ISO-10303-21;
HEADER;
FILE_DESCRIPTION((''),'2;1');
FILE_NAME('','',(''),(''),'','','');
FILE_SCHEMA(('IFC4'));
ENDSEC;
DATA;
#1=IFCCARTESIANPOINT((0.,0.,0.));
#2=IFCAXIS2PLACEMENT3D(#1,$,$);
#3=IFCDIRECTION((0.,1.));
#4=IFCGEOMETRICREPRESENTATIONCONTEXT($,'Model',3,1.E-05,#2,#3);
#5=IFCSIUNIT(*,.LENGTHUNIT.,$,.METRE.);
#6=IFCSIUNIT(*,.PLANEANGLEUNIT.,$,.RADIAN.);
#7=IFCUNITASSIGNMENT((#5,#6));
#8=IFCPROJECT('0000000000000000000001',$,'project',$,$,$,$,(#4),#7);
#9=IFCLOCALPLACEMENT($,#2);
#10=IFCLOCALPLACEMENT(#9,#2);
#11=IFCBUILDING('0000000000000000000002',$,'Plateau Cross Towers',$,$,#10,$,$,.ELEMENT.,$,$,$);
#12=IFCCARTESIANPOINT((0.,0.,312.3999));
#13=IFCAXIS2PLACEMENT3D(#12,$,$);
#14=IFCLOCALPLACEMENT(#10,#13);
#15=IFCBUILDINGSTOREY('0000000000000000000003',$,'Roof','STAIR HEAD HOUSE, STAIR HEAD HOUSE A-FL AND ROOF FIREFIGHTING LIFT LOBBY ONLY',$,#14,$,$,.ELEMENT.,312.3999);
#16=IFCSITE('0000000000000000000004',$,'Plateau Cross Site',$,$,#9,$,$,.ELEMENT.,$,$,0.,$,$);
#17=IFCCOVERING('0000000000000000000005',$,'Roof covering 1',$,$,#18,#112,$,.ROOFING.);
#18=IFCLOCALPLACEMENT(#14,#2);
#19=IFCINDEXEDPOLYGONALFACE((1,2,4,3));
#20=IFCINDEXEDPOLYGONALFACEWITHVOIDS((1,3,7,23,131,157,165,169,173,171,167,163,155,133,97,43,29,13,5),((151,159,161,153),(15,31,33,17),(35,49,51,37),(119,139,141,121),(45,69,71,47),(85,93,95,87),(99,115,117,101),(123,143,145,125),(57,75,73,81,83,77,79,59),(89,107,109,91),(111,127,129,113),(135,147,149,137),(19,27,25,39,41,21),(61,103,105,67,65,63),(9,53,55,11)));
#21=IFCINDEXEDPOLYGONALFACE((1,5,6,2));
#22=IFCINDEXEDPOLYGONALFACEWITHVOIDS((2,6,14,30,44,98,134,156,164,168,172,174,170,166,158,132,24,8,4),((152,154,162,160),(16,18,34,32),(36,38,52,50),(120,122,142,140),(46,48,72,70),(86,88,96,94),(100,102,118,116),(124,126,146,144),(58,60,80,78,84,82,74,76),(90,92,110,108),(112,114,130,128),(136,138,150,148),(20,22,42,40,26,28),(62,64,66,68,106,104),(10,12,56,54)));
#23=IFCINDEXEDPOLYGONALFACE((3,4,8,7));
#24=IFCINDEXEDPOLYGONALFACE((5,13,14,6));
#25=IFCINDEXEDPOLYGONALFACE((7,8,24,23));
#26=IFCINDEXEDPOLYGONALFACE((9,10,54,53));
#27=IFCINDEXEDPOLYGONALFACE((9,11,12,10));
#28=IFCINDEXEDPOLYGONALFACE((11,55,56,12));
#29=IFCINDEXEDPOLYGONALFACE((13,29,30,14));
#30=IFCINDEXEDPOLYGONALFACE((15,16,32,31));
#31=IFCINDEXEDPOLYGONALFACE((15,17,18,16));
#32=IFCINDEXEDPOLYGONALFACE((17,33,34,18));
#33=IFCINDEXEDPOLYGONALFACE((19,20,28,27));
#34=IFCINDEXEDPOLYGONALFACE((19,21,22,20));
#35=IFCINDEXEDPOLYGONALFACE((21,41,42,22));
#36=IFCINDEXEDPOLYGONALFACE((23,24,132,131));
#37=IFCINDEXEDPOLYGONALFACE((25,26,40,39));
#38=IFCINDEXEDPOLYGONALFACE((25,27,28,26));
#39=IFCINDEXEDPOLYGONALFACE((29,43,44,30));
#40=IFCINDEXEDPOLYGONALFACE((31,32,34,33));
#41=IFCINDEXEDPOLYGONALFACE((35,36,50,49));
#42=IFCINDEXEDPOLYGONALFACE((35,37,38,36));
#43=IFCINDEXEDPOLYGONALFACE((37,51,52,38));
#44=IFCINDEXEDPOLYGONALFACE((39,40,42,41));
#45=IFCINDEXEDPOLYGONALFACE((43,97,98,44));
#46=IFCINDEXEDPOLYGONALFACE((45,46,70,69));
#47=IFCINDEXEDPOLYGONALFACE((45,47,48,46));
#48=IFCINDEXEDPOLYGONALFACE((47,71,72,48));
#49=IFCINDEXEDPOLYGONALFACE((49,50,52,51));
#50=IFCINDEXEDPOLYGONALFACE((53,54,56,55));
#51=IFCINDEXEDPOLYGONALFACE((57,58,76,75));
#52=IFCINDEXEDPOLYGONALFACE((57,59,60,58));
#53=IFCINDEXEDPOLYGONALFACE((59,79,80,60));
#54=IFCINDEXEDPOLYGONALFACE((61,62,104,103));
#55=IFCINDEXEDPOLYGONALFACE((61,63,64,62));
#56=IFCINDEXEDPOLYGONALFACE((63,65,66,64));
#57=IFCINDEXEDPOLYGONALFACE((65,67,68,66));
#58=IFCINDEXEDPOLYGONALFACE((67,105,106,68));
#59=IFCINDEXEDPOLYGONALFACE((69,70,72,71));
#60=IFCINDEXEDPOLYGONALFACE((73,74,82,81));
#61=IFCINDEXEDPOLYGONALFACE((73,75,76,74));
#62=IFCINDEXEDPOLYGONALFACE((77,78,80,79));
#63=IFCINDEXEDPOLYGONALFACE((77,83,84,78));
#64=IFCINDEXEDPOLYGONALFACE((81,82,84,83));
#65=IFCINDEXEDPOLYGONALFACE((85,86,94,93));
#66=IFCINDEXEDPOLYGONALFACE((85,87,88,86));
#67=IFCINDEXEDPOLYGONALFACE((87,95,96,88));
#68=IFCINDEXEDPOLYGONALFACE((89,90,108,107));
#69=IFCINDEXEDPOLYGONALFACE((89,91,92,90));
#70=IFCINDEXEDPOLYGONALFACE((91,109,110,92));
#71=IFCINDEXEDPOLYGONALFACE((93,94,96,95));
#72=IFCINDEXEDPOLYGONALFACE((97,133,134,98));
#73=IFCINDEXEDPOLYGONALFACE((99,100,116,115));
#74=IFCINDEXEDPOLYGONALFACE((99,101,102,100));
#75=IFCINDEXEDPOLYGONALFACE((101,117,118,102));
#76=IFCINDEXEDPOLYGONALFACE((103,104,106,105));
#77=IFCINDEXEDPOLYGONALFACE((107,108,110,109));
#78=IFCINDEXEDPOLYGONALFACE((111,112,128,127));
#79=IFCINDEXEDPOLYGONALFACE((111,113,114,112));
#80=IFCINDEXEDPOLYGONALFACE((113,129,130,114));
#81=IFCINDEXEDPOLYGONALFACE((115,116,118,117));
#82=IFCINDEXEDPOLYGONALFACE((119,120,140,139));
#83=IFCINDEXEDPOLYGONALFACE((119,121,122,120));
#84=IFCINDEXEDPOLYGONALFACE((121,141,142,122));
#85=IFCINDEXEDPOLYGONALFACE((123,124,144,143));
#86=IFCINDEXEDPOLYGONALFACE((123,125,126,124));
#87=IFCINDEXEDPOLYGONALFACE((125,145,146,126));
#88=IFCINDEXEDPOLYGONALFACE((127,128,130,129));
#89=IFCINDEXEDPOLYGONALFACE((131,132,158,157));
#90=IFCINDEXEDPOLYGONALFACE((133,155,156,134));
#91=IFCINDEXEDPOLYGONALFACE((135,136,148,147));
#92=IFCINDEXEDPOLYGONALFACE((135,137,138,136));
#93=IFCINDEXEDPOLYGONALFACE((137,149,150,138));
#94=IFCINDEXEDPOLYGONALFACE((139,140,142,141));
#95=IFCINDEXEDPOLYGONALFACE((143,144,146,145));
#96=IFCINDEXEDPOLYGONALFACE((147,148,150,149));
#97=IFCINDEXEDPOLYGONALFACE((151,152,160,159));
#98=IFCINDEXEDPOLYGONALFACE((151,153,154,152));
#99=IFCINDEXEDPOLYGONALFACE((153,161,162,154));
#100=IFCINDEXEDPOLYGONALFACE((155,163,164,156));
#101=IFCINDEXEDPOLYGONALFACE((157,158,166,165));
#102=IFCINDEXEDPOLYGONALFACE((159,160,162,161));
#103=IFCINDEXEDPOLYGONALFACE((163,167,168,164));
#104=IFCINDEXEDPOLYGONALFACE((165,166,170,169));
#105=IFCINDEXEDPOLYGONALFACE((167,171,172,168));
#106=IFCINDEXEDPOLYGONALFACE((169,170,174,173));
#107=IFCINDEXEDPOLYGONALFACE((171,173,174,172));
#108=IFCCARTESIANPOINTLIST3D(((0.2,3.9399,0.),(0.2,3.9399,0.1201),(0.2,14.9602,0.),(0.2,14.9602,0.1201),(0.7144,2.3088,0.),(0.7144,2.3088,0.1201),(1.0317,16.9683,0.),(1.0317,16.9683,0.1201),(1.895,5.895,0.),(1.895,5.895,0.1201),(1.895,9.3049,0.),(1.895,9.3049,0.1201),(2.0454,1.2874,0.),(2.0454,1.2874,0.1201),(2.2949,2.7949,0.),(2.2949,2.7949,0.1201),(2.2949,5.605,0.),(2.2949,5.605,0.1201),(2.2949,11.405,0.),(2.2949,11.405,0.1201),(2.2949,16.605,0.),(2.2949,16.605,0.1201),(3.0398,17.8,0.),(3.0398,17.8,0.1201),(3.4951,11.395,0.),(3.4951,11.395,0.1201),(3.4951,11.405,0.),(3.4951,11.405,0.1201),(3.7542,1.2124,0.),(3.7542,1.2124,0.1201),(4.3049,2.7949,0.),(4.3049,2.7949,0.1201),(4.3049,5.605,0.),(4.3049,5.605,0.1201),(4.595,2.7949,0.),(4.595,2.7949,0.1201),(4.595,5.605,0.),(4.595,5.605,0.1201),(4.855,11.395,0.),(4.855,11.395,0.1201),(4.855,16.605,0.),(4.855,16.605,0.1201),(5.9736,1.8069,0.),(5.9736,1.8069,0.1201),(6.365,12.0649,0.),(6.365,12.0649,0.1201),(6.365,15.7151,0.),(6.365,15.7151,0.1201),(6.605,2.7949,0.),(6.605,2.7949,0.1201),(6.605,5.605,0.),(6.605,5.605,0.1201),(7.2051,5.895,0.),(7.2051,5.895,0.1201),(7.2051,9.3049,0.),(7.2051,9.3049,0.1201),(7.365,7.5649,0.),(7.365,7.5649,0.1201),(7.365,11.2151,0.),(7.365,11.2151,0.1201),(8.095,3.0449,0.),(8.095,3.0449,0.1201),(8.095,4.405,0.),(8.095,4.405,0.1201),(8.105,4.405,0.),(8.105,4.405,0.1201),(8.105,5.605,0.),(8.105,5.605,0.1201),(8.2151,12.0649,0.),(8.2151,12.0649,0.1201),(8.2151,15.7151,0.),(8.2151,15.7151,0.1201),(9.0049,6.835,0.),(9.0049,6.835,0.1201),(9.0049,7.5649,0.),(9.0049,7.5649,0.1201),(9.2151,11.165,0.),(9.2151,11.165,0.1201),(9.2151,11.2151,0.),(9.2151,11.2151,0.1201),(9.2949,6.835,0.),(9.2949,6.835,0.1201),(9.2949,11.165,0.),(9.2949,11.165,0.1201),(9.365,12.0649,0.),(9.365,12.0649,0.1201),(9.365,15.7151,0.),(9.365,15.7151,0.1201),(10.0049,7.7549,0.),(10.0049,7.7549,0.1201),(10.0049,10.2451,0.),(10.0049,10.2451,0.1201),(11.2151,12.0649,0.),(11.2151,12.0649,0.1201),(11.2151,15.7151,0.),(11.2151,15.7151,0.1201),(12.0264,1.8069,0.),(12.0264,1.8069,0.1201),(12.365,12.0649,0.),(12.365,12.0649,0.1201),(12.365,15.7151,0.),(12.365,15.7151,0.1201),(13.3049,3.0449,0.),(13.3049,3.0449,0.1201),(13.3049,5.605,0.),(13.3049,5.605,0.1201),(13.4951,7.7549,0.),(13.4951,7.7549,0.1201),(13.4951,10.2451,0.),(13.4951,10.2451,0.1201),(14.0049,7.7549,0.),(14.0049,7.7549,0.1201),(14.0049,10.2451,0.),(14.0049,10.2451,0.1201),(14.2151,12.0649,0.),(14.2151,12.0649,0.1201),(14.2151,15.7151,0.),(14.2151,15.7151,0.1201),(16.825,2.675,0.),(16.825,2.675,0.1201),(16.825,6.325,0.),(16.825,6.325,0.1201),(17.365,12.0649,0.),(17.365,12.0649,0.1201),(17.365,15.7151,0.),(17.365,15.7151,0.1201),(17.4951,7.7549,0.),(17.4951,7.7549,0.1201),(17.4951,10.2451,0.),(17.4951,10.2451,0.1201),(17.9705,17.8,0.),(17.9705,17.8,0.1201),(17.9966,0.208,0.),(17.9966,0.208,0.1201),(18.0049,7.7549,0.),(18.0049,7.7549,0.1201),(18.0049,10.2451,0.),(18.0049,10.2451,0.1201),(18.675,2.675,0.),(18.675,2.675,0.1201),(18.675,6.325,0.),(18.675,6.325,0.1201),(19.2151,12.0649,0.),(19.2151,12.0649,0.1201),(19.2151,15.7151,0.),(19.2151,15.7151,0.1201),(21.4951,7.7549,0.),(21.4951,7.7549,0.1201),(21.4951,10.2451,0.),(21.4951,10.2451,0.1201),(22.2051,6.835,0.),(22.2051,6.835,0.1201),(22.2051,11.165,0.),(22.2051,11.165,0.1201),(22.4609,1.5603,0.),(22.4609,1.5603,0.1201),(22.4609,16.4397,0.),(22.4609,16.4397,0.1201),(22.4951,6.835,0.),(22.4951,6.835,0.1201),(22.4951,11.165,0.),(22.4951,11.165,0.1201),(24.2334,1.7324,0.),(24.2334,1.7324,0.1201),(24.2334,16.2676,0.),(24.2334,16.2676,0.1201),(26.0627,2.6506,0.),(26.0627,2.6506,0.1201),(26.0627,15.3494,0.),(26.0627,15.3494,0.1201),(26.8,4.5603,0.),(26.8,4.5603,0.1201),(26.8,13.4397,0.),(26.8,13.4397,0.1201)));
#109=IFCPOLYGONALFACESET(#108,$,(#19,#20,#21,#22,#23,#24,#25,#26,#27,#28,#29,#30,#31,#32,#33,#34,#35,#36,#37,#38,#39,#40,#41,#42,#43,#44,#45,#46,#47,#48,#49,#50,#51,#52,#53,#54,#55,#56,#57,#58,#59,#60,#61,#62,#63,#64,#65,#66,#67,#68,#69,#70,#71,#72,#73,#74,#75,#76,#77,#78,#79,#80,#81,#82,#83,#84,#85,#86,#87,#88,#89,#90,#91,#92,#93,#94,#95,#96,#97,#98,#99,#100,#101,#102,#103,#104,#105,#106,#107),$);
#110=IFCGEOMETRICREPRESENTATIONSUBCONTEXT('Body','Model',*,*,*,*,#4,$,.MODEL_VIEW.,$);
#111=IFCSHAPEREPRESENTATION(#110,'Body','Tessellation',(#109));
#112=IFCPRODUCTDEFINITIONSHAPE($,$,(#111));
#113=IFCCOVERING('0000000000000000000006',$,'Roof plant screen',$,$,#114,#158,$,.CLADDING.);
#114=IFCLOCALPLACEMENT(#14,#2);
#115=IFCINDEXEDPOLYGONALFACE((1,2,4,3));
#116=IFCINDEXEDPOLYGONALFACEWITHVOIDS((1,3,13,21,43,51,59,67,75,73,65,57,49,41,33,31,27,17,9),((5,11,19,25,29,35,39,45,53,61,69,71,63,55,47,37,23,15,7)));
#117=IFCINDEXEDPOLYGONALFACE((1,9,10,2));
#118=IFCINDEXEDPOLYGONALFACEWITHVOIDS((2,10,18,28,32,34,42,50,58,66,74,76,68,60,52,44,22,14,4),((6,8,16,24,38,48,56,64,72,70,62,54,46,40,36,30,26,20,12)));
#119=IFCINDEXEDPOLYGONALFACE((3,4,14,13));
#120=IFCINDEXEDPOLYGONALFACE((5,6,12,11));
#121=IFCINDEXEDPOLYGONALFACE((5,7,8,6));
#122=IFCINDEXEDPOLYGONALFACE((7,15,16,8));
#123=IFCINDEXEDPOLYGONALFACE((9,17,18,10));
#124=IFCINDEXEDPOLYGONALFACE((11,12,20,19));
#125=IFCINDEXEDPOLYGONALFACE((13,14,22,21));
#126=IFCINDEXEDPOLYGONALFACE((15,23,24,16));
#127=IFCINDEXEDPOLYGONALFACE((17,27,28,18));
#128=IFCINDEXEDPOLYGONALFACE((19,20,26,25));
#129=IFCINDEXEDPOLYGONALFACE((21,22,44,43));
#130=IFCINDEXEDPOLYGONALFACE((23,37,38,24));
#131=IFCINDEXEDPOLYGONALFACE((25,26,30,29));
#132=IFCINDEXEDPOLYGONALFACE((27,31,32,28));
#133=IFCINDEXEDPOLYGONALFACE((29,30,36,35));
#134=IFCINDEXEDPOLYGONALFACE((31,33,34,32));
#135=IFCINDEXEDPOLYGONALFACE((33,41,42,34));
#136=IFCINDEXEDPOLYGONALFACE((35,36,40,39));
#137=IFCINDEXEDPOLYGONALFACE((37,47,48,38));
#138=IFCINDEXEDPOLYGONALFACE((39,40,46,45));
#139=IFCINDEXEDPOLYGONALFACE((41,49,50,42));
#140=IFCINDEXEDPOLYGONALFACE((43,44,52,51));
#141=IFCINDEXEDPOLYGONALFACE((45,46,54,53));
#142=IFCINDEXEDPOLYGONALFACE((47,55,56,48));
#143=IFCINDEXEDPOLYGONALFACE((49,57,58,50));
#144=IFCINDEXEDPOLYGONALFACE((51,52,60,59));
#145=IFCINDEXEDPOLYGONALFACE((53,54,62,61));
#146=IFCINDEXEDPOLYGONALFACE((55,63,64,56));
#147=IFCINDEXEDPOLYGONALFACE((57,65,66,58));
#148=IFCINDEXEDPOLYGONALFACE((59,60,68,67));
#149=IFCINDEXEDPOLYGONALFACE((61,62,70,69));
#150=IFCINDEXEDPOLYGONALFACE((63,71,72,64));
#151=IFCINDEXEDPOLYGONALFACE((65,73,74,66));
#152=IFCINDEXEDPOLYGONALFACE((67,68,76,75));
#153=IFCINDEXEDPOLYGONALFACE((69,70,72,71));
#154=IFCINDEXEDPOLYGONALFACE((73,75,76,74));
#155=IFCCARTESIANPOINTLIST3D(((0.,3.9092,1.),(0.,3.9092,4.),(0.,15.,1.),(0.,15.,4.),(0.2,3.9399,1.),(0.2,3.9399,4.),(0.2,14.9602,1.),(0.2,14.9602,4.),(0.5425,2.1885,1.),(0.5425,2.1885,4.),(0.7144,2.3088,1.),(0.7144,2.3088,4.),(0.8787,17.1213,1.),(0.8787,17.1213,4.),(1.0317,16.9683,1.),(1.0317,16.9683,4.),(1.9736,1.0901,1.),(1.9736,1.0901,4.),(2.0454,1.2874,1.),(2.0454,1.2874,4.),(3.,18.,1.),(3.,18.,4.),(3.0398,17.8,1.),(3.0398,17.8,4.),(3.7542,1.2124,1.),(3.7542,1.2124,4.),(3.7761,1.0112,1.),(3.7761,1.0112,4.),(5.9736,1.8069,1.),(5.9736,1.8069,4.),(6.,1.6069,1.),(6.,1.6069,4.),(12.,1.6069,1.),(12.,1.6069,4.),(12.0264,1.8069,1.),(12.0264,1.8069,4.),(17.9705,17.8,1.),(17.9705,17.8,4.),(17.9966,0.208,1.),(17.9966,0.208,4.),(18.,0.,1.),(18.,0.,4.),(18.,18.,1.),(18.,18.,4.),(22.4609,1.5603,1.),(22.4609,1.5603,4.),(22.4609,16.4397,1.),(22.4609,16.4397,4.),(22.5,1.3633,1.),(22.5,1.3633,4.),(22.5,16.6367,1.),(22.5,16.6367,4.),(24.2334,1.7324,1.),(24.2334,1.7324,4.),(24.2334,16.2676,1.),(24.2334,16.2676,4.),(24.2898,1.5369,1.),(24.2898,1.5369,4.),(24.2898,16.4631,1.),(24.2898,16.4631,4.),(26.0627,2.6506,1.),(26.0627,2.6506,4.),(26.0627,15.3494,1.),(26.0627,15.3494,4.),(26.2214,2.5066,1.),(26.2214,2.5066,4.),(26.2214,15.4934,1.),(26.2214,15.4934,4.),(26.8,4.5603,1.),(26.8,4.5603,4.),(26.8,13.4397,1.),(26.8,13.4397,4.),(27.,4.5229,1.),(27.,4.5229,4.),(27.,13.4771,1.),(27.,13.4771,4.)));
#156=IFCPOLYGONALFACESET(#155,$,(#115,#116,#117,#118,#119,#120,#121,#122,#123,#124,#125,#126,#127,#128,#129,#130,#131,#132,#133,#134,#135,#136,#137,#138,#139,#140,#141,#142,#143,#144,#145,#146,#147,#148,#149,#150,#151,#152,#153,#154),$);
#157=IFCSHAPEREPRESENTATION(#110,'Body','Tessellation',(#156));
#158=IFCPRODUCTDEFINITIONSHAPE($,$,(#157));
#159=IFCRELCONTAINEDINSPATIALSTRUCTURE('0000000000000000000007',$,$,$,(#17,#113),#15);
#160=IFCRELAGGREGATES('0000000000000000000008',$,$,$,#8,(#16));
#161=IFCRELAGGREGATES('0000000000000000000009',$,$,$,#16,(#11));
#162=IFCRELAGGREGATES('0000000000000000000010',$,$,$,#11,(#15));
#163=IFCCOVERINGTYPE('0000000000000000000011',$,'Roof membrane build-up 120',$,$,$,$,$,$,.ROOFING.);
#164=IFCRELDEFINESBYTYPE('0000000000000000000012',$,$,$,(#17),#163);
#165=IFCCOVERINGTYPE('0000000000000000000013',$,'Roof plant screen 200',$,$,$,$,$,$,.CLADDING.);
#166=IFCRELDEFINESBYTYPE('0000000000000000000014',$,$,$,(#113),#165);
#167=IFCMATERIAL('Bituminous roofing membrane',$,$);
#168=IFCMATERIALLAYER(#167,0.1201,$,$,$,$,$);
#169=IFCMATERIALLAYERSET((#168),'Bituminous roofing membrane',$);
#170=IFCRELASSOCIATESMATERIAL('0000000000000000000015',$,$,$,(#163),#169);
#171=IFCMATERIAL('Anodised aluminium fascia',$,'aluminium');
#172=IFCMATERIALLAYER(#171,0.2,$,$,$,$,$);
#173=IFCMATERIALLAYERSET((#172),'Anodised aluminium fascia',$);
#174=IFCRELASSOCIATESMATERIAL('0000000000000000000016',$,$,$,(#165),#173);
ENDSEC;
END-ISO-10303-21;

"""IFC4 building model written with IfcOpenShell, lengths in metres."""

from ifc_helpers import new_model, si_unit, direction, frame, origin, place, context, subcontext, project, spatial, polyline, outline, extrude, material, layer, layer_set, type_object, element, save


model = new_model("IFC4")

# Units and contexts
model_context = context("Model", 3, precision=1e-05, world=origin(), true_north=direction((0.0, 1.0)))
body_context = subcontext(model_context, "Body", "Model", "MODEL_VIEW")
ifc_project = project(units=[si_unit("LENGTHUNIT", "METRE"), si_unit("PLANEANGLEUNIT", "RADIAN")], contexts=[model_context])

# Site, building, storey
site_placement = place(None, origin())
site = spatial("IfcSite", under=ifc_project, at=site_placement, Name="Plateau Cross Site", CompositionType="ELEMENT", RefElevation=0.0)
building_placement = place(site_placement, origin())
building = spatial("IfcBuilding", under=site, at=building_placement, Name="Plateau Cross Towers", CompositionType="ELEMENT")
storey_placement = place(building_placement, frame((0.0, 0.0, 312.3999)))
storey = spatial("IfcBuildingStorey", under=building, at=storey_placement, Name="Roof", Description="STAIR HEAD HOUSE, STAIR HEAD HOUSE A-FL AND ROOF FIREFIGHTING LIFT LOBBY ONLY", CompositionType="ELEMENT", Elevation=312.3999)

# Shared definitions
ifc_material_1 = material(Name="Anodised aluminium fascia", Category="aluminium")

# Coverings
ifc_material_2 = material(Name="Bituminous roofing membrane")
ifc_layer_1 = layer(ifc_material_2, 0.1201)
ifc_layer_set_1 = layer_set([ifc_layer_1], Name="Bituminous roofing membrane")
covering_type_1 = type_object("IfcCoveringType", Name="Roof membrane build-up 120", PredefinedType="ROOFING", material=ifc_layer_set_1)
covering_1_placement = place(storey_placement, origin())
element("IfcCovering", 1, at=covering_1_placement, inside=storey, type_object=covering_type_1, Name="Roof covering 1", PredefinedType="ROOFING", context=body_context, shape_type="SweptSolid", body=[
    extrude(outline(polyline([(0.2, 3.9399), (0.2, 14.9602), (1.0317, 16.9683), (3.0398, 17.8), (17.9705, 17.8), (22.4609, 16.4397), (24.2334, 16.2676), (26.0627, 15.3494), (26.8, 13.4397), (26.8, 4.5603), (26.0627, 2.6506), (24.2334, 1.7324), (22.4609, 1.5603), (17.9966, 0.208), (12.0264, 1.8069), (5.9736, 1.8069), (3.7542, 1.2124), (2.0454, 1.2874), (0.7144, 2.3088), (0.2, 3.9399)]), holes=[polyline([(2.2949, 2.7949), (2.2949, 5.605), (4.3049, 5.605), (4.3049, 2.7949), (2.2949, 2.7949)]), polyline([(4.595, 5.605), (6.605, 5.605), (6.605, 2.7949), (4.595, 2.7949), (4.595, 5.605)]), polyline([(8.105, 5.605), (13.3049, 5.605), (13.3049, 3.0449), (8.095, 3.0449), (8.095, 4.405), (8.105, 4.405), (8.105, 5.605)]), polyline([(1.895, 9.3049), (7.2051, 9.3049), (7.2051, 5.895), (1.895, 5.895), (1.895, 9.3049)]), polyline([(7.365, 7.5649), (7.365, 11.2151), (9.2151, 11.2151), (9.2151, 11.165), (9.2949, 11.165), (9.2949, 6.835), (9.0049, 6.835), (9.0049, 7.5649), (7.365, 7.5649)]), polyline([(8.2151, 12.0649), (6.365, 12.0649), (6.365, 15.7151), (8.2151, 15.7151), (8.2151, 12.0649)]), polyline([(11.2151, 15.7151), (11.2151, 12.0649), (9.365, 12.0649), (9.365, 15.7151), (11.2151, 15.7151)]), polyline([(2.2949, 11.405), (2.2949, 16.605), (4.855, 16.605), (4.855, 11.395), (3.4951, 11.395), (3.4951, 11.405), (2.2949, 11.405)]), polyline([(18.675, 6.325), (18.675, 2.675), (16.825, 2.675), (16.825, 6.325), (18.675, 6.325)]), polyline([(13.4951, 10.2451), (13.4951, 7.7549), (10.0049, 7.7549), (10.0049, 10.2451), (13.4951, 10.2451)]), polyline([(17.4951, 10.2451), (17.4951, 7.7549), (14.0049, 7.7549), (14.0049, 10.2451), (17.4951, 10.2451)]), polyline([(21.4951, 7.7549), (18.0049, 7.7549), (18.0049, 10.2451), (21.4951, 10.2451), (21.4951, 7.7549)]), polyline([(22.4951, 6.835), (22.2051, 6.835), (22.2051, 11.165), (22.4951, 11.165), (22.4951, 6.835)]), polyline([(12.365, 12.0649), (12.365, 15.7151), (14.2151, 15.7151), (14.2151, 12.0649), (12.365, 12.0649)]), polyline([(17.365, 12.0649), (17.365, 15.7151), (19.2151, 15.7151), (19.2151, 12.0649), (17.365, 12.0649)])]), origin(), (0.0, 0.0, 1.0), 0.1201),
])
ifc_layer_2 = layer(ifc_material_1, 0.2)
ifc_layer_set_2 = layer_set([ifc_layer_2], Name="Anodised aluminium fascia")
covering_type_2 = type_object("IfcCoveringType", Name="Roof plant screen 200", PredefinedType="CLADDING", material=ifc_layer_set_2)
covering_2_placement = place(storey_placement, frame((0.0, 0.0, 1.0)))
element("IfcCovering", 2, at=covering_2_placement, inside=storey, type_object=covering_type_2, Name="Roof plant screen", PredefinedType="CLADDING", context=body_context, shape_type="SweptSolid", body=[
    extrude(outline(polyline([(1.9736, 1.0901), (0.5425, 2.1885), (0.0, 3.9092), (0.0, 15.0), (0.8787, 17.1213), (3.0, 18.0), (18.0, 18.0), (22.5, 16.6367), (24.2898, 16.4631), (26.2214, 15.4934), (27.0, 13.4771), (27.0, 4.5229), (26.2214, 2.5066), (24.2898, 1.5369), (22.5, 1.3633), (18.0, 0.0), (12.0, 1.6069), (6.0, 1.6069), (3.7761, 1.0112), (1.9736, 1.0901)]), holes=[polyline([(5.9736, 1.8069), (12.0264, 1.8069), (17.9966, 0.208), (22.4609, 1.5603), (24.2334, 1.7324), (26.0627, 2.6506), (26.8, 4.5603), (26.8, 13.4397), (26.0627, 15.3494), (24.2334, 16.2676), (22.4609, 16.4397), (17.9705, 17.8), (3.0398, 17.8), (1.0317, 16.9683), (0.2, 14.9602), (0.2, 3.9399), (0.7144, 2.3088), (2.0454, 1.2874), (3.7542, 1.2124), (5.9736, 1.8069)])]), origin(), (0.0, 0.0, 1.0), 3.0),
])

save(model, "model.ifc")
